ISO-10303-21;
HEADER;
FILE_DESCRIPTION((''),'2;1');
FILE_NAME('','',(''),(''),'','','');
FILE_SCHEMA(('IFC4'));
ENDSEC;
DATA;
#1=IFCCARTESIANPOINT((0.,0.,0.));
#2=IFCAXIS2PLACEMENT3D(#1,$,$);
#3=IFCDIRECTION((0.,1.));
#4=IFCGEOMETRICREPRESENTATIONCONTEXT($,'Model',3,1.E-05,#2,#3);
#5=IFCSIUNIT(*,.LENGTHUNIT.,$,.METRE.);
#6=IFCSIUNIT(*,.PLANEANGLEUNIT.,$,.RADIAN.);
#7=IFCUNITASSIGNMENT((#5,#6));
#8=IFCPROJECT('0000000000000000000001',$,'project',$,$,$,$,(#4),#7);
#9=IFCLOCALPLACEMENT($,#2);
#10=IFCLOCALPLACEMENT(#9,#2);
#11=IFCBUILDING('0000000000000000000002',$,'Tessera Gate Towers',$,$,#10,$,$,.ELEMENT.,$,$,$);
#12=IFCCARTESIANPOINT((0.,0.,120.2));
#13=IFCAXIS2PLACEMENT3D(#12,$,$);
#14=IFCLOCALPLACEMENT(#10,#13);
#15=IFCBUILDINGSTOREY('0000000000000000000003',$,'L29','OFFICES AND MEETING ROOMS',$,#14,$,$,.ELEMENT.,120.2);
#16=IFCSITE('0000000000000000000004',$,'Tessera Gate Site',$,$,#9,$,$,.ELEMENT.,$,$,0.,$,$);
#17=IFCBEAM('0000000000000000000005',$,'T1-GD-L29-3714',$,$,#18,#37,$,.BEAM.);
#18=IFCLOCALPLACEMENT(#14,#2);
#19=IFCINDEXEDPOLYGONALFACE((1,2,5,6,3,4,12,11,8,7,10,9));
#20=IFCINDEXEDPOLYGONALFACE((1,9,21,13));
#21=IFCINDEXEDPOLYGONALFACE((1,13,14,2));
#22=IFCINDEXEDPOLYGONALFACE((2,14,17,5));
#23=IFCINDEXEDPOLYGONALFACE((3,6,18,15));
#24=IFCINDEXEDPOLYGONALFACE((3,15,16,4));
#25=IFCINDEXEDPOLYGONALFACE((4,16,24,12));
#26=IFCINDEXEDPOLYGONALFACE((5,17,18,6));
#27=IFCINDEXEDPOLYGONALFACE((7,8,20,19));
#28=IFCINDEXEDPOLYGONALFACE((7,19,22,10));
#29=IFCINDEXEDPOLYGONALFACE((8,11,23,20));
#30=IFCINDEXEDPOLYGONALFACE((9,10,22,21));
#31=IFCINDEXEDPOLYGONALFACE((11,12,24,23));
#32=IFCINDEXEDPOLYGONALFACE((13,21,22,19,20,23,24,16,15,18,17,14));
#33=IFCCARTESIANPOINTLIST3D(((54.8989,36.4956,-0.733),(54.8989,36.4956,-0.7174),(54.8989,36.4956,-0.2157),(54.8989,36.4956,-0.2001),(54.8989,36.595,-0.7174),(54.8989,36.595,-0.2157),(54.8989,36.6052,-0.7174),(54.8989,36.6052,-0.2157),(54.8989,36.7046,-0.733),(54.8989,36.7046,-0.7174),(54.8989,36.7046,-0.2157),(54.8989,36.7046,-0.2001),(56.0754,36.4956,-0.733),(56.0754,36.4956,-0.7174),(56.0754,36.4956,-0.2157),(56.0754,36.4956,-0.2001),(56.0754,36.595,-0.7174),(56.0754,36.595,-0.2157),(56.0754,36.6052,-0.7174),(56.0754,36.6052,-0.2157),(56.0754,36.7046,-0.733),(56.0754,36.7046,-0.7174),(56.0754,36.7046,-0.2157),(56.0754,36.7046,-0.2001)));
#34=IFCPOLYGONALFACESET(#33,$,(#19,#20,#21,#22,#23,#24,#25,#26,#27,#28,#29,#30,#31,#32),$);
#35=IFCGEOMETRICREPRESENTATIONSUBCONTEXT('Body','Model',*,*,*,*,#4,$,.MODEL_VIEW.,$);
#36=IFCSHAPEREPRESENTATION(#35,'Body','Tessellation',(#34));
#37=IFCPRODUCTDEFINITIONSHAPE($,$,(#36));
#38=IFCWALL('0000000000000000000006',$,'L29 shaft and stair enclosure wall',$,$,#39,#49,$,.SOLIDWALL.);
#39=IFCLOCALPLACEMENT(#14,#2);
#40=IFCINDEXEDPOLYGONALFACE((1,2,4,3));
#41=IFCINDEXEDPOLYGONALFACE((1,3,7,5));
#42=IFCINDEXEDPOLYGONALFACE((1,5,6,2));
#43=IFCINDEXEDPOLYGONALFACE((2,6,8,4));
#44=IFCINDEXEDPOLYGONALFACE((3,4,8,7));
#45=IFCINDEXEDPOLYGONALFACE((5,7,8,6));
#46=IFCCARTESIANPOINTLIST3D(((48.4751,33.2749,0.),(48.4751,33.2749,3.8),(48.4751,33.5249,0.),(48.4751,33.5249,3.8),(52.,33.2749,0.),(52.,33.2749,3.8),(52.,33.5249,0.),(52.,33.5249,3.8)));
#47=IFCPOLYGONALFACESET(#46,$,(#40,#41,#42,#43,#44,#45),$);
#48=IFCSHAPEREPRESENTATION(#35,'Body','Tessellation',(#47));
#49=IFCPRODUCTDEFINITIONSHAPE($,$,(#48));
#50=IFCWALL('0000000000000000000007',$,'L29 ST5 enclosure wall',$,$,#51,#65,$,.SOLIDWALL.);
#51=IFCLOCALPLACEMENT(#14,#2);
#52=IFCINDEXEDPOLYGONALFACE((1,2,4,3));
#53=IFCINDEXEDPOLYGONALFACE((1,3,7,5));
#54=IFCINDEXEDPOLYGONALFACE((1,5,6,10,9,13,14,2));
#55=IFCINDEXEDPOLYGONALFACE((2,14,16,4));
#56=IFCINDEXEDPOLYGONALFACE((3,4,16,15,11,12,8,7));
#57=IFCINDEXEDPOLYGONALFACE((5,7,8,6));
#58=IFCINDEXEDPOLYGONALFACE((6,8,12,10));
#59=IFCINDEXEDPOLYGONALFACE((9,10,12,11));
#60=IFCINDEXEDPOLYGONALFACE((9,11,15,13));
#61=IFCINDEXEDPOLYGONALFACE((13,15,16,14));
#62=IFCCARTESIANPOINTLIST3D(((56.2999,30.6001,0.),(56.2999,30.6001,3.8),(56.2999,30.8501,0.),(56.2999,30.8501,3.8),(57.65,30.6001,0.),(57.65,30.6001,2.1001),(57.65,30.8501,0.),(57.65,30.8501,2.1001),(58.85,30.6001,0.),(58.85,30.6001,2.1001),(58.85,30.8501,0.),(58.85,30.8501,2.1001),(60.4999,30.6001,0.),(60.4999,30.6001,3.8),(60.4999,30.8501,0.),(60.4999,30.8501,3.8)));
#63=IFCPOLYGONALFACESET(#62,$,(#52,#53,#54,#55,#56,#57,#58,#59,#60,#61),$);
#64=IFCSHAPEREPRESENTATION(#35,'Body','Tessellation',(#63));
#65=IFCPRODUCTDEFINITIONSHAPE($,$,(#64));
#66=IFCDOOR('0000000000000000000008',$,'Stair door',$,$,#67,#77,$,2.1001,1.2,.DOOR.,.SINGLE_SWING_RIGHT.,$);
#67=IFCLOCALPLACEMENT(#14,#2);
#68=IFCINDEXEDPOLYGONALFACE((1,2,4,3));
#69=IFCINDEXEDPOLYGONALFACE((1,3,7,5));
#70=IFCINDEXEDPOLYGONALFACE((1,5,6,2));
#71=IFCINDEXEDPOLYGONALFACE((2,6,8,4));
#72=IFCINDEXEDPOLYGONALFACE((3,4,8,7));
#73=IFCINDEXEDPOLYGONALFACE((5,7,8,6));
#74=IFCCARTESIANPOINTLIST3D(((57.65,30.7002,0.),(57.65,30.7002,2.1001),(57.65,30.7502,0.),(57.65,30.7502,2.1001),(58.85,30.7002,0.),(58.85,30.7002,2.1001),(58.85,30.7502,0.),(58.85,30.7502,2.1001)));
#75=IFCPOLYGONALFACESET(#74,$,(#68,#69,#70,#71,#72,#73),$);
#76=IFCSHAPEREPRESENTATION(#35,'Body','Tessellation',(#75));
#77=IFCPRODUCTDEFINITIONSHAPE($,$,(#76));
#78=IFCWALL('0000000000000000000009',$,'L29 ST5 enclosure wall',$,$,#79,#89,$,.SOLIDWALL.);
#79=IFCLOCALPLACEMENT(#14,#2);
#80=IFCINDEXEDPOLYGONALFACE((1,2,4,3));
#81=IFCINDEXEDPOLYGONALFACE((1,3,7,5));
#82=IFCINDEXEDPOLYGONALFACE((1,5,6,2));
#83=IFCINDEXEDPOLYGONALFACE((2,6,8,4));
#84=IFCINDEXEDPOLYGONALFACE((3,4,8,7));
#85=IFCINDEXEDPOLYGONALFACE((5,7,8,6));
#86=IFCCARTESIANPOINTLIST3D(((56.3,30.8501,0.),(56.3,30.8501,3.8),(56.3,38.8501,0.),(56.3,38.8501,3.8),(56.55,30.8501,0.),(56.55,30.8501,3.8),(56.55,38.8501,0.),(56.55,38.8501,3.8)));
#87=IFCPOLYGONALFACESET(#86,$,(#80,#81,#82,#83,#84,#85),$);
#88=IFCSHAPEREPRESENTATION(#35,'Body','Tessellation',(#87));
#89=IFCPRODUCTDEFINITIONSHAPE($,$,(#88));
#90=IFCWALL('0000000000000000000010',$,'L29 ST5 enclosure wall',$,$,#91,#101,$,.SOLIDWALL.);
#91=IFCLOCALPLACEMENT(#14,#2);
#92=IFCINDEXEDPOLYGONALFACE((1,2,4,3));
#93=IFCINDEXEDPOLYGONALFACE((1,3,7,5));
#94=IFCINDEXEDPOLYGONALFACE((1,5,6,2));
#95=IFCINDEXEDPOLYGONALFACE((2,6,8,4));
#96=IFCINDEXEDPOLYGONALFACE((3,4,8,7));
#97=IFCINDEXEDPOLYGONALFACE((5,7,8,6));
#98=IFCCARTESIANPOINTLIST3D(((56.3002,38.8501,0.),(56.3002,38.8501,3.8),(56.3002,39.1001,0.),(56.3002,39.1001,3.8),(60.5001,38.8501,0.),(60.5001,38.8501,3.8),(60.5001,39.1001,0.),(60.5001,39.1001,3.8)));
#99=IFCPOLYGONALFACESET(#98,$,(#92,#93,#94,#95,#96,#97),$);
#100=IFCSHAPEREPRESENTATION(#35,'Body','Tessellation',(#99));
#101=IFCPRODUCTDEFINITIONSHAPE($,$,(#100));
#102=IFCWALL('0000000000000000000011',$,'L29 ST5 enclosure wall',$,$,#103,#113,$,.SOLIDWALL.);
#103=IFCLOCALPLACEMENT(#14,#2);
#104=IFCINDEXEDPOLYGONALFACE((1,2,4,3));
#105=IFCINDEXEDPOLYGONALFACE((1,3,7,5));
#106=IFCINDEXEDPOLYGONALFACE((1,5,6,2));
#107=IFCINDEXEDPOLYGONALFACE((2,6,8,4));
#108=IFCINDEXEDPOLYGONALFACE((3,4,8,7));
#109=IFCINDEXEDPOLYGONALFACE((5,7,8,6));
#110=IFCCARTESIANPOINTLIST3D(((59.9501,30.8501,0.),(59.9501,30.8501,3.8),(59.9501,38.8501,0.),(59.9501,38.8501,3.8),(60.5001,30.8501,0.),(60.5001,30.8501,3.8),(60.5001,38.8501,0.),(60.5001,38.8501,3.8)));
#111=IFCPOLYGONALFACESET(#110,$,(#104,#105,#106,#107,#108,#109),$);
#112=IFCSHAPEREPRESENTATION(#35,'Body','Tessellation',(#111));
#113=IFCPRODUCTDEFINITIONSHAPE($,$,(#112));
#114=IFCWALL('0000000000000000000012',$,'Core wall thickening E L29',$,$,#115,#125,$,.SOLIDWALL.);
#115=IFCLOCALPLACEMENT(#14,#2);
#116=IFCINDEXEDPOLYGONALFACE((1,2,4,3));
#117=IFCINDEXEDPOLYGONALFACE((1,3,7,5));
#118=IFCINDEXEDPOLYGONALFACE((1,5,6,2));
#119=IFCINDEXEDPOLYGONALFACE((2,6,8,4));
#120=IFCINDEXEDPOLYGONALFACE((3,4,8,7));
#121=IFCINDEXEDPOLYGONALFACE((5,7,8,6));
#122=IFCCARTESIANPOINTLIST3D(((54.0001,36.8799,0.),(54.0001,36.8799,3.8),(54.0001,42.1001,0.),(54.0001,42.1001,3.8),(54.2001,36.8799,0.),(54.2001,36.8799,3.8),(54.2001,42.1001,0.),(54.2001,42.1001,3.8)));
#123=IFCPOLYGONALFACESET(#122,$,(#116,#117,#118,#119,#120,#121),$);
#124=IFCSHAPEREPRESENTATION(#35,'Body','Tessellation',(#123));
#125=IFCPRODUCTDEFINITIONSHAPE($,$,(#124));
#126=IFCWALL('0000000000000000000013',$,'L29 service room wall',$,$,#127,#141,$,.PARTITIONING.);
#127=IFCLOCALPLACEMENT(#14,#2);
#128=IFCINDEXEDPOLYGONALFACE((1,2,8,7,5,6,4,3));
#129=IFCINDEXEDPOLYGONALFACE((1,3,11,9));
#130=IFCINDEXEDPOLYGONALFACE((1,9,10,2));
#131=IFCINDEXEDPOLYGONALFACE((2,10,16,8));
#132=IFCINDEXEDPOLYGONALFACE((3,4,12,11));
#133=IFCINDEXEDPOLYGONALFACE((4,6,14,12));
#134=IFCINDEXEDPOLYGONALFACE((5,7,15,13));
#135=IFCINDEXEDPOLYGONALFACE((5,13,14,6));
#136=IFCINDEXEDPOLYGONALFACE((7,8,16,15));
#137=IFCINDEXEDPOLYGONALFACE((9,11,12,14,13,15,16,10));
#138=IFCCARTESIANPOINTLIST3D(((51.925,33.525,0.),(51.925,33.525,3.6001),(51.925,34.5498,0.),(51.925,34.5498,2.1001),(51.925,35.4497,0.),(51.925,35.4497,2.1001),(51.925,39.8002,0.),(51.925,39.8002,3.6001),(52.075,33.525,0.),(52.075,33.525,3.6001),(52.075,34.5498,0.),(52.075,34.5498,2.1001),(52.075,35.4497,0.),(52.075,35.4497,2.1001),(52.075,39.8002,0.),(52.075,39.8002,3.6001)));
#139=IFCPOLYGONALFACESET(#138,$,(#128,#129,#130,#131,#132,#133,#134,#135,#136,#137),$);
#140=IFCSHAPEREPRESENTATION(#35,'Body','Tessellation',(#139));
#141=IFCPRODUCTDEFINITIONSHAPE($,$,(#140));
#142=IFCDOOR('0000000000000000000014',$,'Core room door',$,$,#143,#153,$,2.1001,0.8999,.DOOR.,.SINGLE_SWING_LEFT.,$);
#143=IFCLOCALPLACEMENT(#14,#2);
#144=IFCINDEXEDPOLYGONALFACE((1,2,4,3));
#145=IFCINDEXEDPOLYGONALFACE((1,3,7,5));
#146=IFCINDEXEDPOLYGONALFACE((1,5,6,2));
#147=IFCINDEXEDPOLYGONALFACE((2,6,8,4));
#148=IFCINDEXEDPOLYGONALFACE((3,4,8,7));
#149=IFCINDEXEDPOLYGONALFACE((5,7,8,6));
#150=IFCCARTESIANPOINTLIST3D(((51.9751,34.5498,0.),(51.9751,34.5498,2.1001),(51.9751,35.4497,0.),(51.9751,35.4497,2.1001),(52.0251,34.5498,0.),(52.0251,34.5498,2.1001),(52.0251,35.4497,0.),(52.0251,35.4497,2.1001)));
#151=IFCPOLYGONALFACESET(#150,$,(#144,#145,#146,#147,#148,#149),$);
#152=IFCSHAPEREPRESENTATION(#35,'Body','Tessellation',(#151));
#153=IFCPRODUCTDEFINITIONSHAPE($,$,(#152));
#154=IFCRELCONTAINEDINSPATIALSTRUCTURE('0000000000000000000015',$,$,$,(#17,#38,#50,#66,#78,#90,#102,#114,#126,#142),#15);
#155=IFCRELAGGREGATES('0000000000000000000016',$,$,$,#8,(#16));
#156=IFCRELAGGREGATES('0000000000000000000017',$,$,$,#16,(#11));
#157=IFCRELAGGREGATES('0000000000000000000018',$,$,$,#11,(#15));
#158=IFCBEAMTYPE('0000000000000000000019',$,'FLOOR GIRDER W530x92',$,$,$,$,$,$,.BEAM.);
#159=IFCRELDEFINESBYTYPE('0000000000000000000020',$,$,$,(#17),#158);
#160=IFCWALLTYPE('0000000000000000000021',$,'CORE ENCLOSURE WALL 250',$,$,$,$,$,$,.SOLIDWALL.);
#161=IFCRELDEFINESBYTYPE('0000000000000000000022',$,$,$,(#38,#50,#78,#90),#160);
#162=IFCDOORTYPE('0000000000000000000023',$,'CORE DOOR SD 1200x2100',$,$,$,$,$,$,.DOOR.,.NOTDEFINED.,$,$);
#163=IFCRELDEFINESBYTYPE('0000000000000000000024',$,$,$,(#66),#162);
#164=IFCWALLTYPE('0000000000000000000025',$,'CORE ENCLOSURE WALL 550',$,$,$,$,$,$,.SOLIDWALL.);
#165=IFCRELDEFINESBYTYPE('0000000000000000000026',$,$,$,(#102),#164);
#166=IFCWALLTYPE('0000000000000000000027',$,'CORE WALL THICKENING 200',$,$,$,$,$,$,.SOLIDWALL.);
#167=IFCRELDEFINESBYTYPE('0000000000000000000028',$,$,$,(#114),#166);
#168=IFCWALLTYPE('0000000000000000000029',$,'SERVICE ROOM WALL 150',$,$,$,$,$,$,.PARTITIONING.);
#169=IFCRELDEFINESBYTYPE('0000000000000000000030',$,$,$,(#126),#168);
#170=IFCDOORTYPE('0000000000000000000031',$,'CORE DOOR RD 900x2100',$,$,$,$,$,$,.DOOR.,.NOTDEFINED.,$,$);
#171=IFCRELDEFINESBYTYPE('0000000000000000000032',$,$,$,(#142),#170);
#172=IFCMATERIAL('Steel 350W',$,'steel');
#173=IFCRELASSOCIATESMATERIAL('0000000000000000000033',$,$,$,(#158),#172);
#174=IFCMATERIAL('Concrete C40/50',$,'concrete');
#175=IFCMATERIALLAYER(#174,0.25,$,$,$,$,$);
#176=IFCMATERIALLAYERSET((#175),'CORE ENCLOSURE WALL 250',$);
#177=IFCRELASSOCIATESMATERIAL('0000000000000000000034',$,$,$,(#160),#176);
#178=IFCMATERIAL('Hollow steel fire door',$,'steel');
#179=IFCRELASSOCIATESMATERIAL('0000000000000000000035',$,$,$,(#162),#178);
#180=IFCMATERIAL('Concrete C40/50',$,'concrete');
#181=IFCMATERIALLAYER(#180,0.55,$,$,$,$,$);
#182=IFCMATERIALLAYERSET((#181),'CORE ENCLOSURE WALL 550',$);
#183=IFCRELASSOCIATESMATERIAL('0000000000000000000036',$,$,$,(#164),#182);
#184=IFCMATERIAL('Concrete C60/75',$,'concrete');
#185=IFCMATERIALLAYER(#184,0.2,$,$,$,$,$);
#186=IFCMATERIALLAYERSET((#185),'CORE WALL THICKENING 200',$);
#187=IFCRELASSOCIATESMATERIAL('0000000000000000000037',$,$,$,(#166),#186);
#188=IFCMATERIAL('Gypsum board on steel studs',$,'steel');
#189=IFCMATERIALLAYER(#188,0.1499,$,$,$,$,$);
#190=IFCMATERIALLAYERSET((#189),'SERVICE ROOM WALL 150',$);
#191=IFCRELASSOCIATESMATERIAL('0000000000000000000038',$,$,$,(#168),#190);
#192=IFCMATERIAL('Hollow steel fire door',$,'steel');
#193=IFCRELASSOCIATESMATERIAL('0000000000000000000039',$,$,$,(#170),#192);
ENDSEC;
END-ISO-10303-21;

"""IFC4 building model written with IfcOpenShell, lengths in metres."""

from ifc_helpers import new_model, si_unit, direction, frame, frame_2d, origin, origin_2d, place, context, subcontext, project, spatial, rectangle, i_section, extrude, source, transform, mapped, material, layer, layer_set, material_profile, profile_set, type_object, element, fill, save


model = new_model("IFC4")

# Units and contexts
model_context = context("Model", 3, precision=1e-05, world=origin(), true_north=direction((0.0, 1.0)))
body_context = subcontext(model_context, "Body", "Model", "MODEL_VIEW")
ifc_project = project(units=[si_unit("LENGTHUNIT", "METRE"), si_unit("PLANEANGLEUNIT", "RADIAN")], contexts=[model_context])

# Site, building, storey
site_placement = place(None, origin())
site = spatial("IfcSite", under=ifc_project, at=site_placement, Name="Tessera Gate Site", CompositionType="ELEMENT", RefElevation=0.0)
building_placement = place(site_placement, origin())
building = spatial("IfcBuilding", under=site, at=building_placement, Name="Tessera Gate Towers", CompositionType="ELEMENT")
storey_placement = place(building_placement, frame((0.0, 0.0, 120.2)))
storey = spatial("IfcBuildingStorey", under=building, at=storey_placement, Name="L29", Description="OFFICES AND MEETING ROOMS", CompositionType="ELEMENT", Elevation=120.2)

# Beam
ifc_material_1 = material(Name="Steel 350W", Category="steel")
ifc_material_profile = material_profile(ifc_material_1, i_section(OverallWidth=0.209, OverallDepth=0.533, WebThickness=0.0103, FlangeThickness=0.0156, at=origin_2d()), Name="W530x92")
ifc_profile_set = profile_set([ifc_material_profile], Name="Steel 350W")
beam_type = type_object("IfcBeamType", Name="FLOOR GIRDER W530x92", PredefinedType="BEAM", material=ifc_profile_set)
beam_placement = place(storey_placement, frame((54.8989, 36.6001, -0.4666), z_axis=(1.0, 0.0, 0.0), x_axis=(0.0, 1.0, 0.0)))
element("IfcBeam", 1, at=beam_placement, inside=storey, type_object=beam_type, Name="T1-GD-L29-3714", PredefinedType="BEAM", context=body_context, shape_type="SweptSolid", body=[
    extrude(i_section(OverallWidth=0.209, OverallDepth=0.533, WebThickness=0.0103, FlangeThickness=0.0156, at=origin_2d()), origin(), (0.0, 0.0, 1.0), 1.1765),
])

# Wall
ifc_material_2 = material(Name="Concrete C40/50", Category="concrete")
ifc_layer_1 = layer(ifc_material_2, 0.25)
ifc_layer_set_1 = layer_set([ifc_layer_1], Name="CORE ENCLOSURE WALL 250")
wall_type_1 = type_object("IfcWallType", Name="CORE ENCLOSURE WALL 250", PredefinedType="SOLIDWALL", material=ifc_layer_set_1)
wall_1_placement = place(storey_placement, frame((48.4751, 33.3999, 0.0), z_axis=(0.0, 0.0, 1.0), x_axis=(1.0, 0.0, 0.0)))
element("IfcWall", 2, at=wall_1_placement, inside=storey, type_object=wall_type_1, Name="L29 shaft and stair enclosure wall", PredefinedType="SOLIDWALL", context=body_context, shape_type="SweptSolid", body=[
    extrude(rectangle(XDim=3.5249, YDim=0.25, at=frame_2d((1.7625, 0.0))), origin(), (0.0, 0.0, 1.0), 3.8),
])

# Wall, opening, door
wall_2_placement = place(storey_placement, frame((60.5, 30.7251, 0.0), z_axis=(0.0, 0.0, 1.0), x_axis=(-1.0, 0.0, 0.0)))
wall_2 = element("IfcWall", 3, at=wall_2_placement, inside=storey, type_object=wall_type_1, Name="L29 ST5 enclosure wall", PredefinedType="SOLIDWALL", context=body_context, shape_type="SweptSolid", body=[
    extrude(rectangle(XDim=4.2, YDim=0.25, at=frame_2d((2.1001, 0.0))), origin(), (0.0, 0.0, 1.0), 3.8),
])
shared_shape_1 = source(origin(), body_context, "Body", "SweptSolid", [
    extrude(rectangle(XDim=1.2, YDim=2.1001, at=frame_2d((0.6001, 1.05))), frame((0.0, 0.135, 0.0), z_axis=(0.0, -1.0, 0.0), x_axis=(1.0, 0.0, 0.0)), (0.0, 0.0, 1.0), 0.27),
])
opening_1_placement = place(wall_2_placement, frame((1.6499, 0.0, 0.0)))
opening_1 = element("IfcOpeningElement", 4, at=opening_1_placement, cuts=wall_2, PredefinedType="OPENING", context=body_context, shape_type="MappedRepresentation", body=[
    mapped(shared_shape_1, transform((0.0, 0.0, 0.0), scale=1.0)),
])
ifc_material_3 = material(Name="Hollow steel fire door", Category="steel")
door_type_1 = type_object("IfcDoorType", Name="CORE DOOR SD 1200x2100", OperationType="NOTDEFINED", PredefinedType="DOOR", material=ifc_material_3)
shared_shape_2 = source(origin(), body_context, "Body", "SweptSolid", [
    extrude(rectangle(XDim=1.2, YDim=2.1001, at=frame_2d((0.6001, 1.05))), frame((0.0, 0.0249, 0.0), z_axis=(0.0, -1.0, 0.0), x_axis=(1.0, 0.0, 0.0)), (0.0, 0.0, 1.0), 0.05),
])
door_1_placement = place(opening_1_placement, origin())
door_1 = element("IfcDoor", 5, at=door_1_placement, inside=storey, type_object=door_type_1, Name="Stair door", OperationType="SINGLE_SWING_RIGHT", OverallHeight=2.1001, OverallWidth=1.2, PredefinedType="DOOR", context=body_context, shape_type="MappedRepresentation", body=[
    mapped(shared_shape_2, transform((0.0, 0.0, 0.0), scale=1.0)),
])
fill(opening_1, door_1)

# Walls
wall_3_placement = place(storey_placement, frame((56.425, 30.8501, 0.0), z_axis=(0.0, 0.0, 1.0), x_axis=(0.0, 1.0, 0.0)))
element("IfcWall", 6, at=wall_3_placement, inside=storey, type_object=wall_type_1, Name="L29 ST5 enclosure wall", PredefinedType="SOLIDWALL", context=body_context, shape_type="SweptSolid", body=[
    extrude(rectangle(XDim=8.0, YDim=0.25, at=frame_2d((4.0, 0.0))), origin(), (0.0, 0.0, 1.0), 3.8),
])
wall_4_placement = place(storey_placement, frame((56.3, 38.9751, 0.0), z_axis=(0.0, 0.0, 1.0), x_axis=(1.0, 0.0, 0.0)))
element("IfcWall", 7, at=wall_4_placement, inside=storey, type_object=wall_type_1, Name="L29 ST5 enclosure wall", PredefinedType="SOLIDWALL", context=body_context, shape_type="SweptSolid", body=[
    extrude(rectangle(XDim=4.2, YDim=0.25, at=frame_2d((2.1001, 0.0))), origin(), (0.0, 0.0, 1.0), 3.8),
])
ifc_material_4 = material(Name="Concrete C40/50", Category="concrete")
ifc_layer_2 = layer(ifc_material_4, 0.55)
ifc_layer_set_2 = layer_set([ifc_layer_2], Name="CORE ENCLOSURE WALL 550")
wall_type_2 = type_object("IfcWallType", Name="CORE ENCLOSURE WALL 550", PredefinedType="SOLIDWALL", material=ifc_layer_set_2)
wall_5_placement = place(storey_placement, frame((60.2251, 38.8501, 0.0), z_axis=(0.0, 0.0, 1.0), x_axis=(0.0, -1.0, 0.0)))
element("IfcWall", 8, at=wall_5_placement, inside=storey, type_object=wall_type_2, Name="L29 ST5 enclosure wall", PredefinedType="SOLIDWALL", context=body_context, shape_type="SweptSolid", body=[
    extrude(rectangle(XDim=8.0, YDim=0.55, at=frame_2d((4.0, 0.0))), origin(), (0.0, 0.0, 1.0), 3.8),
])
ifc_material_5 = material(Name="Concrete C60/75", Category="concrete")
ifc_layer_3 = layer(ifc_material_5, 0.2)
ifc_layer_set_3 = layer_set([ifc_layer_3], Name="CORE WALL THICKENING 200")
wall_type_3 = type_object("IfcWallType", Name="CORE WALL THICKENING 200", PredefinedType="SOLIDWALL", material=ifc_layer_set_3)
wall_6_placement = place(storey_placement, frame((54.1001, 36.8799, 0.0), z_axis=(0.0, 0.0, 1.0), x_axis=(0.0, 1.0, 0.0)))
element("IfcWall", 9, at=wall_6_placement, inside=storey, type_object=wall_type_3, Name="Core wall thickening E L29", PredefinedType="SOLIDWALL", context=body_context, shape_type="SweptSolid", body=[
    extrude(rectangle(XDim=5.2202, YDim=0.2, at=frame_2d((2.6101, 0.0))), origin(), (0.0, 0.0, 1.0), 3.8),
])

# Wall, opening, door
ifc_material_6 = material(Name="Gypsum board on steel studs", Category="steel")
ifc_layer_4 = layer(ifc_material_6, 0.1499)
ifc_layer_set_4 = layer_set([ifc_layer_4], Name="SERVICE ROOM WALL 150")
wall_type_4 = type_object("IfcWallType", Name="SERVICE ROOM WALL 150", PredefinedType="PARTITIONING", material=ifc_layer_set_4)
wall_7_placement = place(storey_placement, frame((52.0, 33.5249, 0.0), z_axis=(0.0, 0.0, 1.0), x_axis=(0.0, 1.0, 0.0)))
wall_7 = element("IfcWall", 10, at=wall_7_placement, inside=storey, type_object=wall_type_4, Name="L29 service room wall", PredefinedType="PARTITIONING", context=body_context, shape_type="SweptSolid", body=[
    extrude(rectangle(XDim=6.2751, YDim=0.1499, at=frame_2d((3.1377, 0.0))), origin(), (0.0, 0.0, 1.0), 3.6001),
])
shared_shape_3 = source(origin(), body_context, "Body", "SweptSolid", [
    extrude(rectangle(XDim=0.8999, YDim=2.1001, at=frame_2d((0.45, 1.05))), frame((0.0, 0.085, 0.0), z_axis=(0.0, -1.0, 0.0), x_axis=(1.0, 0.0, 0.0)), (0.0, 0.0, 1.0), 0.1699),
])
opening_2_placement = place(wall_7_placement, frame((1.0249, 0.0, 0.0)))
opening_2 = element("IfcOpeningElement", 11, at=opening_2_placement, cuts=wall_7, PredefinedType="OPENING", context=body_context, shape_type="MappedRepresentation", body=[
    mapped(shared_shape_3, transform((0.0, 0.0, 0.0), scale=1.0)),
])
ifc_material_7 = material(Name="Hollow steel fire door", Category="steel")
door_type_2 = type_object("IfcDoorType", Name="CORE DOOR RD 900x2100", OperationType="NOTDEFINED", PredefinedType="DOOR", material=ifc_material_7)
shared_shape_4 = source(origin(), body_context, "Body", "SweptSolid", [
    extrude(rectangle(XDim=0.8999, YDim=2.1001, at=frame_2d((0.45, 1.05))), frame((0.0, 0.0249, 0.0), z_axis=(0.0, -1.0, 0.0), x_axis=(1.0, 0.0, 0.0)), (0.0, 0.0, 1.0), 0.05),
])
door_2_placement = place(opening_2_placement, origin())
door_2 = element("IfcDoor", 12, at=door_2_placement, inside=storey, type_object=door_type_2, Name="Core room door", OperationType="SINGLE_SWING_LEFT", OverallHeight=2.1001, OverallWidth=0.8999, PredefinedType="DOOR", context=body_context, shape_type="MappedRepresentation", body=[
    mapped(shared_shape_4, transform((0.0, 0.0, 0.0), scale=1.0)),
])
fill(opening_2, door_2)

save(model, "model.ifc")
